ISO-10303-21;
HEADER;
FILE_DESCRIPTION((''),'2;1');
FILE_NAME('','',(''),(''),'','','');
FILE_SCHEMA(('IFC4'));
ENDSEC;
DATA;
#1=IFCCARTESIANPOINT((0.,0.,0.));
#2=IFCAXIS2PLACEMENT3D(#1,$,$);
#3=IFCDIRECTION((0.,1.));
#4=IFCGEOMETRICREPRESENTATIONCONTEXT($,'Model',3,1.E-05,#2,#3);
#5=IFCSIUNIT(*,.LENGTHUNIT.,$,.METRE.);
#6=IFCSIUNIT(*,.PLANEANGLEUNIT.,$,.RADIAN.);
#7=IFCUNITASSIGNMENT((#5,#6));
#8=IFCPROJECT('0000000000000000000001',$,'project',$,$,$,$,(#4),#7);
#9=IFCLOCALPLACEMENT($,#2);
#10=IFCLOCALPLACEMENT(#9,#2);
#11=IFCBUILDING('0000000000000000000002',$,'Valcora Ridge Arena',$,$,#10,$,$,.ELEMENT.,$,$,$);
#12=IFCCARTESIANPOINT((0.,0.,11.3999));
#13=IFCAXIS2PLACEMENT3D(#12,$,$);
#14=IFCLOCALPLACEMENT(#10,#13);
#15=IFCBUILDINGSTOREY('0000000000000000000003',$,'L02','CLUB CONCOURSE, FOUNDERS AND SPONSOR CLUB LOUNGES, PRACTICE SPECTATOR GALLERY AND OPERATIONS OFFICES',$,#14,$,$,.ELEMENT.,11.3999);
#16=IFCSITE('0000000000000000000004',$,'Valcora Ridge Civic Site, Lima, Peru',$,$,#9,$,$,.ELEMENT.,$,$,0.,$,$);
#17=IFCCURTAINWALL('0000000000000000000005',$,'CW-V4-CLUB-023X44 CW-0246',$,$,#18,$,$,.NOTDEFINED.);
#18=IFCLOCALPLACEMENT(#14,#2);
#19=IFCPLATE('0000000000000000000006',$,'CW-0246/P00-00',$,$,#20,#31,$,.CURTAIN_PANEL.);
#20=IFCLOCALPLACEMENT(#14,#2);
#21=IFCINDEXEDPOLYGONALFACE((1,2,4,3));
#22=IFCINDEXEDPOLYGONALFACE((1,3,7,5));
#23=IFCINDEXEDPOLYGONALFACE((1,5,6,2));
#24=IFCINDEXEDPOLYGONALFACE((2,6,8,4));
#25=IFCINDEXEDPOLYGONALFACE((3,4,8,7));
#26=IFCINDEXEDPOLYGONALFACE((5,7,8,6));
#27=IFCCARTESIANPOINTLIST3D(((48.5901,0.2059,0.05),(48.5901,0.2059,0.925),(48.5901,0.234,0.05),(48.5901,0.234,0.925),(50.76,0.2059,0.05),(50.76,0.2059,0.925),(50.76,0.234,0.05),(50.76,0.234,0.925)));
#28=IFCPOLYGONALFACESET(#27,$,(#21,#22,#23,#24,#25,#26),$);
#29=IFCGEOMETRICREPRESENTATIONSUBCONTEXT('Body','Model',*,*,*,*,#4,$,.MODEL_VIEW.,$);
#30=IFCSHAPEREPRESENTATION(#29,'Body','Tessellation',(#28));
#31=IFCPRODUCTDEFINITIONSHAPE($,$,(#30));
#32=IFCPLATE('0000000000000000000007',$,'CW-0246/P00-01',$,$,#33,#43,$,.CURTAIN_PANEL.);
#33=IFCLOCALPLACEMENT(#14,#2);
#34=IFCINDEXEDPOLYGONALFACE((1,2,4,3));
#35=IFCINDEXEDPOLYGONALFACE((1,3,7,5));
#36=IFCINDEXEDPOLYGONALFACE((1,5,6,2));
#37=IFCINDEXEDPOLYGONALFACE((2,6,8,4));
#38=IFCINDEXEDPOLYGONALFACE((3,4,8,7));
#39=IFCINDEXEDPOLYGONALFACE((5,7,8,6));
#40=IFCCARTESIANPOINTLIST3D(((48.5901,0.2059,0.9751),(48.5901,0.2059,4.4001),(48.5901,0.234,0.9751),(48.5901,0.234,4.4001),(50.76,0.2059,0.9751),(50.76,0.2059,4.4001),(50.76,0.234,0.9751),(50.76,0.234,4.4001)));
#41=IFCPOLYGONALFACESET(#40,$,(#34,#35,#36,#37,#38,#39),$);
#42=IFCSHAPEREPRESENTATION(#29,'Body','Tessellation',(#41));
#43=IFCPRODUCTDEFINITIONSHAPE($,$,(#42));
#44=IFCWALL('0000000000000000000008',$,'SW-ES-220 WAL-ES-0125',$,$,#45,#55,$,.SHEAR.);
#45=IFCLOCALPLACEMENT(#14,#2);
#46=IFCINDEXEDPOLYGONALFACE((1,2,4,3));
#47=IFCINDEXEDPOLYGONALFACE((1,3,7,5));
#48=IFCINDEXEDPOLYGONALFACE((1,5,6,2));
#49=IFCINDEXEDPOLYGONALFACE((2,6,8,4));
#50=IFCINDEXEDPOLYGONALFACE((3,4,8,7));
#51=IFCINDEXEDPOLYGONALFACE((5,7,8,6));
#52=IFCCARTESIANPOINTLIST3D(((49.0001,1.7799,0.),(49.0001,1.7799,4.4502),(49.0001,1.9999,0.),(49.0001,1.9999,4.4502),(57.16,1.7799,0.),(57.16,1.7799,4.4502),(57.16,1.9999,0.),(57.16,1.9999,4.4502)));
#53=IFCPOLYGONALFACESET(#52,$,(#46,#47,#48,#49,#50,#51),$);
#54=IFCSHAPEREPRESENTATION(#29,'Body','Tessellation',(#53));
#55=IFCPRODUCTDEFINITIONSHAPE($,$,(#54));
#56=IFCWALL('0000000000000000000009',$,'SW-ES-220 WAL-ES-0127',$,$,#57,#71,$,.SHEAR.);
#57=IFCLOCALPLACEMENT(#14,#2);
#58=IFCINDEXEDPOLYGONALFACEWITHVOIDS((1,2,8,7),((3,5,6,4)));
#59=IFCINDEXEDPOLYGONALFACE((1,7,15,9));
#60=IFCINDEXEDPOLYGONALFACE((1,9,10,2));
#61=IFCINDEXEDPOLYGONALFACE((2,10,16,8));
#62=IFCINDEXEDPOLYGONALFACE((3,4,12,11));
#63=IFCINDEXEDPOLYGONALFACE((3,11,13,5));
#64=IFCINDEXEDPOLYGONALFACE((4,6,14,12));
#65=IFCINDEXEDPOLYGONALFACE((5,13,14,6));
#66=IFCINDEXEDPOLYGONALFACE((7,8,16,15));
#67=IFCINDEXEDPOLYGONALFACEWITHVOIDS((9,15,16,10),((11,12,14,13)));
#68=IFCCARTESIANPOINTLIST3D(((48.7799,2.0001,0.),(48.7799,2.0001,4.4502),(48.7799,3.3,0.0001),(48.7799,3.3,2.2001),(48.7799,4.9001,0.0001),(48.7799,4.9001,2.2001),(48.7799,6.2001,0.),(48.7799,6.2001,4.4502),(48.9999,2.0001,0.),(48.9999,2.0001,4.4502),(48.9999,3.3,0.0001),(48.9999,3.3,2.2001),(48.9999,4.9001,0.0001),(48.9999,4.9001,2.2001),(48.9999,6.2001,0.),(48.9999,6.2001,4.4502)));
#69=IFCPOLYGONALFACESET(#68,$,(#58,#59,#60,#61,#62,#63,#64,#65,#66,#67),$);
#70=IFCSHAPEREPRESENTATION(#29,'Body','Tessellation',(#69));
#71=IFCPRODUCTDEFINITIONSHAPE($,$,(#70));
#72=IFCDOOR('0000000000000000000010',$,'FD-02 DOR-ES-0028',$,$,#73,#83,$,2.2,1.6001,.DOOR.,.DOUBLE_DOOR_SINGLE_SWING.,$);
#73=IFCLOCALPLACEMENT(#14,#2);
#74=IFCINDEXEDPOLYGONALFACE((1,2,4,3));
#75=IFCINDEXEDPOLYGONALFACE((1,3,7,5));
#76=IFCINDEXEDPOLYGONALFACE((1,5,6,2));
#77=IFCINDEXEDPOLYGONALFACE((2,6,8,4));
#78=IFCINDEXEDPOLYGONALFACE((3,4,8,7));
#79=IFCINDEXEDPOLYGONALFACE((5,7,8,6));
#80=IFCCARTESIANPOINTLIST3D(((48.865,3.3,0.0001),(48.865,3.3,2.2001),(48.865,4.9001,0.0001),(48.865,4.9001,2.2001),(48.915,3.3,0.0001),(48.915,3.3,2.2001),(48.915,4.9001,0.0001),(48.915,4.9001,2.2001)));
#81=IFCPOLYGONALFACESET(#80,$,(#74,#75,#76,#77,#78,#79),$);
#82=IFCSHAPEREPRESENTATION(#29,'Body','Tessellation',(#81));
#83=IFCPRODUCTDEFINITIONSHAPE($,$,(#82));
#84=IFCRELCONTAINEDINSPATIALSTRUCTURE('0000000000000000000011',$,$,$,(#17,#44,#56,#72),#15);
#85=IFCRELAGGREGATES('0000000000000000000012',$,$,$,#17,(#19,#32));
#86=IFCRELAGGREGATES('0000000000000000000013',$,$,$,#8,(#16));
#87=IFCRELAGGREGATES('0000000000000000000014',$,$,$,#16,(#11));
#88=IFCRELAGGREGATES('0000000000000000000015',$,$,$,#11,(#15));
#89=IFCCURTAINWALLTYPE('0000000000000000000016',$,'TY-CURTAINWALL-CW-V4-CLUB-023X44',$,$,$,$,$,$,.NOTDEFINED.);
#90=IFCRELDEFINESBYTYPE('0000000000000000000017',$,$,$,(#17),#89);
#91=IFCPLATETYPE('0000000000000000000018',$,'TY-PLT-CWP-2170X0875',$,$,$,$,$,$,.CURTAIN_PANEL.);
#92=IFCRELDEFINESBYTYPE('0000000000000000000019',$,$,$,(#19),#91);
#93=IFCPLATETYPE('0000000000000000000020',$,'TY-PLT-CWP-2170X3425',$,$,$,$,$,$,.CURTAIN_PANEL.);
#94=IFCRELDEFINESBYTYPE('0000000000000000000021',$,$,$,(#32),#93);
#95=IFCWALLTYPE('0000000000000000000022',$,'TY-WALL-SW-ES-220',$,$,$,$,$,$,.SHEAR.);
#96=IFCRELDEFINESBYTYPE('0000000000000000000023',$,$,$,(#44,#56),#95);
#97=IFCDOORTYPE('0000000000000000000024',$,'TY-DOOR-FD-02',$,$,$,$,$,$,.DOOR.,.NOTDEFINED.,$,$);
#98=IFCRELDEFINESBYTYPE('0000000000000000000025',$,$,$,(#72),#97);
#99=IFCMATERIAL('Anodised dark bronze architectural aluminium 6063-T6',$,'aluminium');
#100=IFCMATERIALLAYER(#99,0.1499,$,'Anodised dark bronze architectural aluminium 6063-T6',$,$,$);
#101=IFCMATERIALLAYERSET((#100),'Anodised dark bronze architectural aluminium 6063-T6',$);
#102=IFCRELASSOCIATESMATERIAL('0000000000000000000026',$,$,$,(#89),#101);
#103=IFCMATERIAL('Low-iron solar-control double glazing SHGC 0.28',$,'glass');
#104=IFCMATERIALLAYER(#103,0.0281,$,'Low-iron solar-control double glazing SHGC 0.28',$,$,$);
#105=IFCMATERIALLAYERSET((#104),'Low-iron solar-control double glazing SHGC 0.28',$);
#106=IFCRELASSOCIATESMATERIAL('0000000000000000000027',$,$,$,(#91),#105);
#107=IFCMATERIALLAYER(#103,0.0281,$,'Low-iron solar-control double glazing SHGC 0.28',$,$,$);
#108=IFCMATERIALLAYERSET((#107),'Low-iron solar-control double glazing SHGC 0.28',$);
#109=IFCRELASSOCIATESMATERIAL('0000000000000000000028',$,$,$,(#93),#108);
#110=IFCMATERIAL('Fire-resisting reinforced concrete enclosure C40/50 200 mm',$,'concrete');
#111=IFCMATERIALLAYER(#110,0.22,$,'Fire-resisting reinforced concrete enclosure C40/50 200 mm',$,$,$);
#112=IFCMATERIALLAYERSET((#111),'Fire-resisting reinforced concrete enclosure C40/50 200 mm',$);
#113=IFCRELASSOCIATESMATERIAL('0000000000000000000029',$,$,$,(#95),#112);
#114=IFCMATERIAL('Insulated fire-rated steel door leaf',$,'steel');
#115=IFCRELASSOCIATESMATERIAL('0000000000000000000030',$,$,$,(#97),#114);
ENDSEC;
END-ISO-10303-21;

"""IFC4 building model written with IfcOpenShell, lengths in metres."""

from ifc_helpers import new_model, si_unit, direction, frame, frame_2d, origin, origin_2d, place, context, subcontext, project, spatial, rectangle, extrude, material, layer, layer_set, type_object, element, fill, aggregate, save


model = new_model("IFC4")

# Units and contexts
model_context = context("Model", 3, precision=1e-05, world=origin(), true_north=direction((0.0, 1.0)))
body_context = subcontext(model_context, "Body", "Model", "MODEL_VIEW")
ifc_project = project(units=[si_unit("LENGTHUNIT", "METRE"), si_unit("PLANEANGLEUNIT", "RADIAN")], contexts=[model_context])

# Site, building, storey
site_placement = place(None, origin())
site = spatial("IfcSite", under=ifc_project, at=site_placement, Name="Valcora Ridge Civic Site, Lima, Peru", CompositionType="ELEMENT", RefElevation=0.0)
building_placement = place(site_placement, origin())
building = spatial("IfcBuilding", under=site, at=building_placement, Name="Valcora Ridge Arena", CompositionType="ELEMENT")
storey_placement = place(building_placement, frame((0.0, 0.0, 11.3999)))
storey = spatial("IfcBuildingStorey", under=building, at=storey_placement, Name="L02", Description="CLUB CONCOURSE, FOUNDERS AND SPONSOR CLUB LOUNGES, PRACTICE SPECTATOR GALLERY AND OPERATIONS OFFICES", CompositionType="ELEMENT", Elevation=11.3999)

# Curtain wall
ifc_material_1 = material(Name="Anodised dark bronze architectural aluminium 6063-T6", Category="aluminium")
ifc_layer_1 = layer(ifc_material_1, 0.1499, Name="Anodised dark bronze architectural aluminium 6063-T6")
ifc_layer_set_1 = layer_set([ifc_layer_1], Name="Anodised dark bronze architectural aluminium 6063-T6")
curtain_wall_type_1 = type_object("IfcCurtainWallType", Name="TY-CURTAINWALL-CW-V4-CLUB-023X44", PredefinedType="NOTDEFINED", material=ifc_layer_set_1)
curtain_wall_1_placement = place(storey_placement, origin())
curtain_wall_1 = element("IfcCurtainWall", 1, at=curtain_wall_1_placement, inside=storey, type_object=curtain_wall_type_1, Name="CW-V4-CLUB-023X44 CW-0246", PredefinedType="NOTDEFINED")

# Plates
ifc_material_2 = material(Name="Low-iron solar-control double glazing SHGC 0.28", Category="glass")
ifc_layer_2 = layer(ifc_material_2, 0.0281, Name="Low-iron solar-control double glazing SHGC 0.28")
ifc_layer_set_2 = layer_set([ifc_layer_2], Name="Low-iron solar-control double glazing SHGC 0.28")
plate_type_1 = type_object("IfcPlateType", Name="TY-PLT-CWP-2170X0875", PredefinedType="CURTAIN_PANEL", material=ifc_layer_set_2)
plate_1_placement = place(storey_placement, frame((49.675, 0.22, 0.05), z_axis=(0.0, 0.0, 1.0), x_axis=(1.0, 0.0, 0.0)))
plate_1 = element("IfcPlate", 2, at=plate_1_placement, type_object=plate_type_1, Name="CW-0246/P00-00", PredefinedType="CURTAIN_PANEL", context=body_context, shape_type="SweptSolid", body=[
    extrude(rectangle(XDim=2.1699, YDim=0.0281, at=origin_2d()), origin(), (0.0, 0.0, 1.0), 0.875),
])
ifc_layer_3 = layer(ifc_material_2, 0.0281, Name="Low-iron solar-control double glazing SHGC 0.28")
ifc_layer_set_3 = layer_set([ifc_layer_3], Name="Low-iron solar-control double glazing SHGC 0.28")
plate_type_2 = type_object("IfcPlateType", Name="TY-PLT-CWP-2170X3425", PredefinedType="CURTAIN_PANEL", material=ifc_layer_set_3)
plate_2_placement = place(storey_placement, frame((49.675, 0.22, 0.9751), z_axis=(0.0, 0.0, 1.0), x_axis=(1.0, 0.0, 0.0)))
plate_2 = element("IfcPlate", 3, at=plate_2_placement, type_object=plate_type_2, Name="CW-0246/P00-01", PredefinedType="CURTAIN_PANEL", context=body_context, shape_type="SweptSolid", body=[
    extrude(rectangle(XDim=2.1699, YDim=0.0281, at=origin_2d()), origin(), (0.0, 0.0, 1.0), 3.425),
])
aggregate(curtain_wall_1, [plate_1, plate_2])

# Wall
ifc_material_3 = material(Name="Fire-resisting reinforced concrete enclosure C40/50 200 mm", Category="concrete")
ifc_layer_4 = layer(ifc_material_3, 0.22, Name="Fire-resisting reinforced concrete enclosure C40/50 200 mm")
ifc_layer_set_4 = layer_set([ifc_layer_4], Name="Fire-resisting reinforced concrete enclosure C40/50 200 mm")
wall_type = type_object("IfcWallType", Name="TY-WALL-SW-ES-220", PredefinedType="SHEAR", material=ifc_layer_set_4)
wall_1_placement = place(storey_placement, frame((49.0, 1.8899, 0.0), z_axis=(0.0, 0.0, 1.0), x_axis=(1.0, 0.0, 0.0)))
element("IfcWall", 4, at=wall_1_placement, inside=storey, type_object=wall_type, Name="SW-ES-220 WAL-ES-0125", PredefinedType="SHEAR", context=body_context, shape_type="SweptSolid", body=[
    extrude(rectangle(XDim=8.1599, YDim=0.22, at=frame_2d((4.0801, 0.0))), origin(), (0.0, 0.0, 1.0), 4.4502),
])

# Wall, opening, door
wall_2_placement = place(storey_placement, frame((48.8899, 2.0, 0.0), z_axis=(0.0, 0.0, 1.0), x_axis=(0.0, 1.0, 0.0)))
wall_2 = element("IfcWall", 5, at=wall_2_placement, inside=storey, type_object=wall_type, Name="SW-ES-220 WAL-ES-0127", PredefinedType="SHEAR", context=body_context, shape_type="SweptSolid", body=[
    extrude(rectangle(XDim=4.2, YDim=0.22, at=frame_2d((2.1001, 0.0))), origin(), (0.0, 0.0, 1.0), 4.4502),
])
opening_placement = place(wall_2_placement, frame((1.3, 0.0, 0.0)))
opening = element("IfcOpeningElement", 6, at=opening_placement, cuts=wall_2, PredefinedType="OPENING", context=body_context, shape_type="SweptSolid", body=[
    extrude(rectangle(XDim=1.6001, YDim=2.2, at=frame_2d((0.8, 1.1001))), frame((0.0, 0.1199, 0.0), z_axis=(0.0, -1.0, 0.0), x_axis=(1.0, 0.0, 0.0)), (0.0, 0.0, 1.0), 0.24),
])
ifc_material_4 = material(Name="Insulated fire-rated steel door leaf", Category="steel")
door_type = type_object("IfcDoorType", Name="TY-DOOR-FD-02", OperationType="NOTDEFINED", PredefinedType="DOOR", material=ifc_material_4)
door_placement = place(opening_placement, origin())
door = element("IfcDoor", 7, at=door_placement, inside=storey, type_object=door_type, Name="FD-02 DOR-ES-0028", OperationType="DOUBLE_DOOR_SINGLE_SWING", OverallHeight=2.2, OverallWidth=1.6001, PredefinedType="DOOR", context=body_context, shape_type="SweptSolid", body=[
    extrude(rectangle(XDim=1.6001, YDim=2.2, at=frame_2d((0.8, 1.1001))), frame((0.0, 0.0249, 0.0), z_axis=(0.0, -1.0, 0.0), x_axis=(1.0, 0.0, 0.0)), (0.0, 0.0, 1.0), 0.05),
])
fill(opening, door)

save(model, "model.ifc")
